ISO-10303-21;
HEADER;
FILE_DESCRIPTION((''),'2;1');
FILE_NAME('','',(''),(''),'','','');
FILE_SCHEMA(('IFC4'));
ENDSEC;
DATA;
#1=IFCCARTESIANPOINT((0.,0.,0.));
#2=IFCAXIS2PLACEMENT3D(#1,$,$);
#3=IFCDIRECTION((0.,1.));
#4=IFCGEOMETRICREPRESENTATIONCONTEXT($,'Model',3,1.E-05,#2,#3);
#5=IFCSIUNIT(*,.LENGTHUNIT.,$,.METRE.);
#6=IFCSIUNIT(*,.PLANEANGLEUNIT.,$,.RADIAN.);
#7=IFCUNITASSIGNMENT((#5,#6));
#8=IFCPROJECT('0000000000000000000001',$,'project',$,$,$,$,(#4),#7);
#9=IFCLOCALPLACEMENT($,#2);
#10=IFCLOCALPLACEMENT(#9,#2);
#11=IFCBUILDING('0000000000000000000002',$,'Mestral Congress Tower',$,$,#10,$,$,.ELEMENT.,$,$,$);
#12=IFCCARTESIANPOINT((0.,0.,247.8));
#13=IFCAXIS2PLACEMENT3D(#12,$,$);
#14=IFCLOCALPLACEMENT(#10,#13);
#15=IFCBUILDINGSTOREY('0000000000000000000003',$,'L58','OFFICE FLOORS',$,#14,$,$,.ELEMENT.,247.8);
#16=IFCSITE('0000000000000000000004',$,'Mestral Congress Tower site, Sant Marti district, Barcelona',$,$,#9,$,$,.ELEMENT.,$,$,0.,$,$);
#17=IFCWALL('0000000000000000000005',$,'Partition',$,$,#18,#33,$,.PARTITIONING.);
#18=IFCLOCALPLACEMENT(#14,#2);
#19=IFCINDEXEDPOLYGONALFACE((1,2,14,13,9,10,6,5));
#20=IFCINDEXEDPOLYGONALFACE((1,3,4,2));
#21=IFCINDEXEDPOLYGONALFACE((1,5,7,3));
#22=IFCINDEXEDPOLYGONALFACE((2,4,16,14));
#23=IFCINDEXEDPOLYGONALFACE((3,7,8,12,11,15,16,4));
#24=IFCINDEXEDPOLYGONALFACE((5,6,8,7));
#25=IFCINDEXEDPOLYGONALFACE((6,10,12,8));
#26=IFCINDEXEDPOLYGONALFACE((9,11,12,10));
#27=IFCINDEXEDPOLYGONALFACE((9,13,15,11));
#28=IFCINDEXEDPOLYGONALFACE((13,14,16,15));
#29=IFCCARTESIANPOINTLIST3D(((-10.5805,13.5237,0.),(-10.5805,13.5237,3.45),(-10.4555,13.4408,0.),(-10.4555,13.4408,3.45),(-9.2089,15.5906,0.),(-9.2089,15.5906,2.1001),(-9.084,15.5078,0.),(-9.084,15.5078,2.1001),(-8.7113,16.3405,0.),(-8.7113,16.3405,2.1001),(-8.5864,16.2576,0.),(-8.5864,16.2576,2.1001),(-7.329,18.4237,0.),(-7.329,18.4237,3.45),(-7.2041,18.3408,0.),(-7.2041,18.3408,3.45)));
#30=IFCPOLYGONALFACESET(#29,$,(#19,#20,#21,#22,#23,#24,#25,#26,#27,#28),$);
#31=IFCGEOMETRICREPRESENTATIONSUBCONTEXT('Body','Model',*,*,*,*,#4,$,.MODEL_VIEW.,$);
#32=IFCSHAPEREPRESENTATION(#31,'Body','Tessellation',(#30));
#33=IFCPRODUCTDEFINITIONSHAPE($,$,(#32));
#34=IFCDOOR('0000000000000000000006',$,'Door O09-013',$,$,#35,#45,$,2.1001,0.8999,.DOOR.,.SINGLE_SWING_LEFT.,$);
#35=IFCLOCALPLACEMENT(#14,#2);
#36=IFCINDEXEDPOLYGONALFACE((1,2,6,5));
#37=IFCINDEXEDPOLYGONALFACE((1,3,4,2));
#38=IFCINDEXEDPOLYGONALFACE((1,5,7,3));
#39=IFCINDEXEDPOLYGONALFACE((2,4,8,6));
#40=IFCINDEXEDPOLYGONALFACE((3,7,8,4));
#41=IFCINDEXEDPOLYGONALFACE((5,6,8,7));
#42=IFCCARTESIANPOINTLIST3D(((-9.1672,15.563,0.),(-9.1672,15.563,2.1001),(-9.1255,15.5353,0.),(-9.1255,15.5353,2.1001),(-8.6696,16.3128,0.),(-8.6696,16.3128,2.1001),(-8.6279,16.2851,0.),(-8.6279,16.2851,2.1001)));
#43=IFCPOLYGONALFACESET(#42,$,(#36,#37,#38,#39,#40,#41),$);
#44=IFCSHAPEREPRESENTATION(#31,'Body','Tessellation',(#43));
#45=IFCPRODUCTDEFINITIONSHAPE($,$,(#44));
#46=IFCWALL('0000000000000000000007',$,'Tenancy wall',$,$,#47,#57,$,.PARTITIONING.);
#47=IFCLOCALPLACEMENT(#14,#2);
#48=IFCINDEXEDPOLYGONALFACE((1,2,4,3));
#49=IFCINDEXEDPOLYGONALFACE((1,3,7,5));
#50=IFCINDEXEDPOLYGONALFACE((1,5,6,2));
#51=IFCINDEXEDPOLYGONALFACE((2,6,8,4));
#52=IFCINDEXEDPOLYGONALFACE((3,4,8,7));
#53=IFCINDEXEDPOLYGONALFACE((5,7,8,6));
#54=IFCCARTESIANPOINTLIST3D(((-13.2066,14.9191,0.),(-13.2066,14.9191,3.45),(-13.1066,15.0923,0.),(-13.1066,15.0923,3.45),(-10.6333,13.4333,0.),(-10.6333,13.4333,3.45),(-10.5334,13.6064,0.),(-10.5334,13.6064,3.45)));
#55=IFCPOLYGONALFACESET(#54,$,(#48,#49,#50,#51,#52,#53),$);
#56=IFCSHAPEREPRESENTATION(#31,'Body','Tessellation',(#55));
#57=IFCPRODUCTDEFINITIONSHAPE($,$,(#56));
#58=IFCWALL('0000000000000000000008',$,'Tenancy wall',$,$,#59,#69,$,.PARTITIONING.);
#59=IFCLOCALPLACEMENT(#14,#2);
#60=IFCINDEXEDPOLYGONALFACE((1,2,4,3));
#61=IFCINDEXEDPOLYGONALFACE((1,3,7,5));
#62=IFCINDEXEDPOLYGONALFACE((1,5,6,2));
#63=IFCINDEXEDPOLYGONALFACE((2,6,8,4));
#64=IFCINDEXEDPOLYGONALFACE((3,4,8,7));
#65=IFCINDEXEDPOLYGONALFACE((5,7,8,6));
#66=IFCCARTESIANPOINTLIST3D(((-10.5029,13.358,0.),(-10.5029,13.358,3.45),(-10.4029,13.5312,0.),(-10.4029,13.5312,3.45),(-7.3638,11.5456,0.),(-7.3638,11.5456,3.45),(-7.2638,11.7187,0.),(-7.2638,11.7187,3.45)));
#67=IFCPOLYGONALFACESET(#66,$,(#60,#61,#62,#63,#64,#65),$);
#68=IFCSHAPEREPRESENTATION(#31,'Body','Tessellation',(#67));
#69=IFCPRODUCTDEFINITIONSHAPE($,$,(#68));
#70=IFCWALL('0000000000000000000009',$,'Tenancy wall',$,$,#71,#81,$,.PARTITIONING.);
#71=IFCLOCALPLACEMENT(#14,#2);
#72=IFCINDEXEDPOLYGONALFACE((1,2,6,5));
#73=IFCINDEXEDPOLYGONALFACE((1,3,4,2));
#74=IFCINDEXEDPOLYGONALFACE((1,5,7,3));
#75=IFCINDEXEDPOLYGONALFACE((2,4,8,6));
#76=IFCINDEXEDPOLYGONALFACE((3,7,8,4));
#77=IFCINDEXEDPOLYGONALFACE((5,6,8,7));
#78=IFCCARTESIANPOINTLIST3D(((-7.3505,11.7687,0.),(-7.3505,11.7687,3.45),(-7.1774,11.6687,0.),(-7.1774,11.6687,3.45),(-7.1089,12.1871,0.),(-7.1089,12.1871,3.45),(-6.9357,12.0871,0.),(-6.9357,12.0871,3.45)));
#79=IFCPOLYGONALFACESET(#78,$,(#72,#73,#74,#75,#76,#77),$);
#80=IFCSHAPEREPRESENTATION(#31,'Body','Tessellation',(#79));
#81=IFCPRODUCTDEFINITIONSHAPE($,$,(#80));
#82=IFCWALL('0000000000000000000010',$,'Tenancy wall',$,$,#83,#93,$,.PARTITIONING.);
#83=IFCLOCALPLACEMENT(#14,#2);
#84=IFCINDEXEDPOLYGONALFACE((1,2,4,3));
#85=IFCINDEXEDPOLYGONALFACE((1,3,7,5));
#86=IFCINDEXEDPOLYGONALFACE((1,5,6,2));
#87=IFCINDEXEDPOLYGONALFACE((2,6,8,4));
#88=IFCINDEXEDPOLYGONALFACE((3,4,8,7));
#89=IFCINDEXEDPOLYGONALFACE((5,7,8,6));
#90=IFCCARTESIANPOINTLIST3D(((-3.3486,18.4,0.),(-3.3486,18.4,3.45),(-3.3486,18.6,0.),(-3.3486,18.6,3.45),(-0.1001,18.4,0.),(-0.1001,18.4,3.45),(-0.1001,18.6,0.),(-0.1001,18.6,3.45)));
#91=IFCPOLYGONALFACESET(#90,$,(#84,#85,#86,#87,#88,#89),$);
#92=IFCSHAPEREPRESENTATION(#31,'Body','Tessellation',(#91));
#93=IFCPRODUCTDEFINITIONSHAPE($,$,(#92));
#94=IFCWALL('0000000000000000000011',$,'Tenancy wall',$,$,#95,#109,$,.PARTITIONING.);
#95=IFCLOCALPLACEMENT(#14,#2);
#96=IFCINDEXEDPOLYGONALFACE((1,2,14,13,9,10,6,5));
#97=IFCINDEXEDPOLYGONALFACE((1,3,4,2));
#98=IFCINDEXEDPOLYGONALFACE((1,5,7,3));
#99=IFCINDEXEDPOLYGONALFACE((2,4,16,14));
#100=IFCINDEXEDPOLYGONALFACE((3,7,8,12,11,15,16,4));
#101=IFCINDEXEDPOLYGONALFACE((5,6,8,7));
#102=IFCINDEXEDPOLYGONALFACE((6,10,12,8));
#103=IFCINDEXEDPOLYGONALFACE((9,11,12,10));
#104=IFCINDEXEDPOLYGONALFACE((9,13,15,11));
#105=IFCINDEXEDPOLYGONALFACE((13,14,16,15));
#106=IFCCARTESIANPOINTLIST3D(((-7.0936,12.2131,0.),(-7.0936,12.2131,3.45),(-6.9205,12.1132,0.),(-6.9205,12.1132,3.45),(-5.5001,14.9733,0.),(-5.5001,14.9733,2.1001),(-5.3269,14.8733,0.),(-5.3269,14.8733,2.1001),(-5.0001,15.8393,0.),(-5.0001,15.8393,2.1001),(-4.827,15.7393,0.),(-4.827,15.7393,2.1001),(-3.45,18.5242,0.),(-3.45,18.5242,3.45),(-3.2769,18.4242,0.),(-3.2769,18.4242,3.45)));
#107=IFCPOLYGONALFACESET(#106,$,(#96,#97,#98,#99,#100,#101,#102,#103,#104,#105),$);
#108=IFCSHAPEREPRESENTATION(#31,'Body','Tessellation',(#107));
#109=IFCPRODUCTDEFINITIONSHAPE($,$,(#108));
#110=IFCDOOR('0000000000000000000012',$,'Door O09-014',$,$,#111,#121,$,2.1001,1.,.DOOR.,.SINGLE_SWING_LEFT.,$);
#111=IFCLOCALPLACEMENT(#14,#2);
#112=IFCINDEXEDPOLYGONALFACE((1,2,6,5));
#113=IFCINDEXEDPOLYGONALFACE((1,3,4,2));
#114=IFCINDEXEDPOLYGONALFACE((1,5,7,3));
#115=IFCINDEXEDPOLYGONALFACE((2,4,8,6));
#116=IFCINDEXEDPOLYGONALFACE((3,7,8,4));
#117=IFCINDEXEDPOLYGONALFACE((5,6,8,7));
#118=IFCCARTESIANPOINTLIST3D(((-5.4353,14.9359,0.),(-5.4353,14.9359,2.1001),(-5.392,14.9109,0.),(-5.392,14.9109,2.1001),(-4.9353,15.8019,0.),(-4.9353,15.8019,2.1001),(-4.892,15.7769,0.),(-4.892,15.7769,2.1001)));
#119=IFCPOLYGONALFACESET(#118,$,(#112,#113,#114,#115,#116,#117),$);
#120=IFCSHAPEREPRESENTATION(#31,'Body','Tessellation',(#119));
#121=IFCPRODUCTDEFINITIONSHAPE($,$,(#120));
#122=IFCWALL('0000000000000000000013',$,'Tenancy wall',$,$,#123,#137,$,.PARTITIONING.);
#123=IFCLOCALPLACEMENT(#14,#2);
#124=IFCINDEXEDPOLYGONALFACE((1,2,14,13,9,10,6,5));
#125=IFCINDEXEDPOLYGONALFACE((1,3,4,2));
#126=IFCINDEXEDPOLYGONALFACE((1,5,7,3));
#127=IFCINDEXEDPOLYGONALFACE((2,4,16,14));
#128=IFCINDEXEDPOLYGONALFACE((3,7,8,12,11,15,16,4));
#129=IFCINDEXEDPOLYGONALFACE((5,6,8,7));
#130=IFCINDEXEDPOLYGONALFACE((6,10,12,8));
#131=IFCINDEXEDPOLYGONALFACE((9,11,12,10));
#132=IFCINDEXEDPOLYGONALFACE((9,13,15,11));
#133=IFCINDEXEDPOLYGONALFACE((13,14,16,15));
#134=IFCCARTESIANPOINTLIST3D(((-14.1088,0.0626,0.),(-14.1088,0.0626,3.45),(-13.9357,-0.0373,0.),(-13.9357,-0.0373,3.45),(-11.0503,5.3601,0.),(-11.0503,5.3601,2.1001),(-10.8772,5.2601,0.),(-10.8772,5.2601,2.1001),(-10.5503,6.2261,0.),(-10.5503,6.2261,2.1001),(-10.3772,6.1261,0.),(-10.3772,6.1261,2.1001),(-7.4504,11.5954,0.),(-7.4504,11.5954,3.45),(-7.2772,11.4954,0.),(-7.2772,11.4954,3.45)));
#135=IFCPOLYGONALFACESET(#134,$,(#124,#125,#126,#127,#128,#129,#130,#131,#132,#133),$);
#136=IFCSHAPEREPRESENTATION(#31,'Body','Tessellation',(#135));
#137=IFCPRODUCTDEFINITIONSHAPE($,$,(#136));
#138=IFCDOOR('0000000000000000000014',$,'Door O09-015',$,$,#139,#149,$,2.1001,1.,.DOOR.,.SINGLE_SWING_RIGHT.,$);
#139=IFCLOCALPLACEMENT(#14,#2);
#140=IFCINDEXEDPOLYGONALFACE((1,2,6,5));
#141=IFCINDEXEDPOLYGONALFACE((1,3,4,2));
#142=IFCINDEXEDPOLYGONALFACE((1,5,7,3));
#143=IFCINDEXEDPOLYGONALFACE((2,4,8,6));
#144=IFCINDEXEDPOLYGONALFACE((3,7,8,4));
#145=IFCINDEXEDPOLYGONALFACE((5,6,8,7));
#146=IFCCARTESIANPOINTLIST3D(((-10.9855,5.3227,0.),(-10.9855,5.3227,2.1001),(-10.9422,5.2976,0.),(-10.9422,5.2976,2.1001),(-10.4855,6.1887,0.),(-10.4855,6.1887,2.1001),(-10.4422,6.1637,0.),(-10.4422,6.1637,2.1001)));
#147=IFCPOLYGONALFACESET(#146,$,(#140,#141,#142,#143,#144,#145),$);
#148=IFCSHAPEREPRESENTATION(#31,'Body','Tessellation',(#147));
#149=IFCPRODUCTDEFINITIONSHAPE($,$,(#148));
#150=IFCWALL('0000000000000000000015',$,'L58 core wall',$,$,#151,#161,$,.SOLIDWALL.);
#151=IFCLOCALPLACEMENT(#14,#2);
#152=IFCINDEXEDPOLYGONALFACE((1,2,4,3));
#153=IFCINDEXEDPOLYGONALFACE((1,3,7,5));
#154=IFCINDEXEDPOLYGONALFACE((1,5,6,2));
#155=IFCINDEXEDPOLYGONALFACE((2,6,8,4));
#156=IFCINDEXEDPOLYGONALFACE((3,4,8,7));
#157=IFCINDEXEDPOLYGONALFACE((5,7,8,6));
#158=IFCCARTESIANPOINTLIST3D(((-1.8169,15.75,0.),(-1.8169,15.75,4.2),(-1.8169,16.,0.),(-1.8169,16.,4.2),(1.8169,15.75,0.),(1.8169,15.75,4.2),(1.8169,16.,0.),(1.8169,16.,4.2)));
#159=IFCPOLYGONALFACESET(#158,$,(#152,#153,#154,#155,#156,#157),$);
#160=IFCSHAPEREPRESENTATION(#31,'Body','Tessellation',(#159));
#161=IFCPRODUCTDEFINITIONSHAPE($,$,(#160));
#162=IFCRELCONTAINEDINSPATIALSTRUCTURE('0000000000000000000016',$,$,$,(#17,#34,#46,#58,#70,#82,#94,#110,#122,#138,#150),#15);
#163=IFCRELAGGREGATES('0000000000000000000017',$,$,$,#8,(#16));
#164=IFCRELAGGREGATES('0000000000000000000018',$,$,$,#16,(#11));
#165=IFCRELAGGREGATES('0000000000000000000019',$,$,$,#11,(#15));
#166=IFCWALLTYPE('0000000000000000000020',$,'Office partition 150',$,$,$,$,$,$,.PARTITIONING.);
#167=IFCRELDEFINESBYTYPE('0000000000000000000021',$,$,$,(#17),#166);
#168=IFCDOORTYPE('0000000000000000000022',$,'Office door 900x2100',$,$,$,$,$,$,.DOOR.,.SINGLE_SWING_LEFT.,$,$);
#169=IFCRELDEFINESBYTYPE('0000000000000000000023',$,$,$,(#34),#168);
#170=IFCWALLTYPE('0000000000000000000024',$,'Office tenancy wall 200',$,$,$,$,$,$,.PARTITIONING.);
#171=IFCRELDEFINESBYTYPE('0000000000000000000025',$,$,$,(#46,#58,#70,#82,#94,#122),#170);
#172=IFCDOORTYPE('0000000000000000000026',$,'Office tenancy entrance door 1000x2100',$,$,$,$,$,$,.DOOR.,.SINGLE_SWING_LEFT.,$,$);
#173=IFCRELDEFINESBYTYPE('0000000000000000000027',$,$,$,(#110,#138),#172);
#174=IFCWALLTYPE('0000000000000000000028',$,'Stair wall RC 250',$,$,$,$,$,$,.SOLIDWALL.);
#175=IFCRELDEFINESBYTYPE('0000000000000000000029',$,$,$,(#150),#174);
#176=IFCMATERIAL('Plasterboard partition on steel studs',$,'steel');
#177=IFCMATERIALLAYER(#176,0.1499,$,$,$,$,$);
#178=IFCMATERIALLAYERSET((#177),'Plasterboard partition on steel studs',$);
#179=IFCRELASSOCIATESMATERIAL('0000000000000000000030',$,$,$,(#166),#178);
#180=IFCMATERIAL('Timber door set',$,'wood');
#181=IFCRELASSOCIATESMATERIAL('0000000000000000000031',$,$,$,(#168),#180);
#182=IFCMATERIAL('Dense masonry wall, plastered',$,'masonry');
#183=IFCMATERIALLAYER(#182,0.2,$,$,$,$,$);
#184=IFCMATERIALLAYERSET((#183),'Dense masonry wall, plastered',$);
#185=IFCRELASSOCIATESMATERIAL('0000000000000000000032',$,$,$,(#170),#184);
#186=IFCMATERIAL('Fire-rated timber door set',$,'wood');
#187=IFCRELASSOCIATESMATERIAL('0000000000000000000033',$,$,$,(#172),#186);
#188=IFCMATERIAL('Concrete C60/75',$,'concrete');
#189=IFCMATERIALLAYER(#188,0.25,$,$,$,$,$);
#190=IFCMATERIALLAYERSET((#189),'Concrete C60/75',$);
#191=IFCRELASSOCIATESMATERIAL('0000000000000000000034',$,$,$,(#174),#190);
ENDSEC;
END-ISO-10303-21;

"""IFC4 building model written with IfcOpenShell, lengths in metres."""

from ifc_helpers import new_model, si_unit, direction, frame, frame_2d, origin, place, context, subcontext, project, spatial, rectangle, extrude, material, layer, layer_set, type_object, element, fill, save


model = new_model("IFC4")

# Units and contexts
model_context = context("Model", 3, precision=1e-05, world=origin(), true_north=direction((0.0, 1.0)))
body_context = subcontext(model_context, "Body", "Model", "MODEL_VIEW")
ifc_project = project(units=[si_unit("LENGTHUNIT", "METRE"), si_unit("PLANEANGLEUNIT", "RADIAN")], contexts=[model_context])

# Site, building, storey
site_placement = place(None, origin())
site = spatial("IfcSite", under=ifc_project, at=site_placement, Name="Mestral Congress Tower site, Sant Marti district, Barcelona", CompositionType="ELEMENT", RefElevation=0.0)
building_placement = place(site_placement, origin())
building = spatial("IfcBuilding", under=site, at=building_placement, Name="Mestral Congress Tower", CompositionType="ELEMENT")
storey_placement = place(building_placement, frame((0.0, 0.0, 247.8)))
storey = spatial("IfcBuildingStorey", under=building, at=storey_placement, Name="L58", Description="OFFICE FLOORS", CompositionType="ELEMENT", Elevation=247.8)

# Shared definitions
ifc_material_1 = material(Name="Concrete C60/75", Category="concrete")

# Wall, opening, door
ifc_material_2 = material(Name="Plasterboard partition on steel studs", Category="steel")
ifc_layer_1 = layer(ifc_material_2, 0.1499)
ifc_layer_set_1 = layer_set([ifc_layer_1], Name="Plasterboard partition on steel studs")
wall_type_1 = type_object("IfcWallType", Name="Office partition 150", PredefinedType="PARTITIONING", material=ifc_layer_set_1)
wall_1_placement = place(storey_placement, frame((-10.5181, 13.4822, 0.0), z_axis=(0.0, 0.0, 1.0), x_axis=(0.552917, 0.833236, 0.0)))
wall_1 = element("IfcWall", 1, at=wall_1_placement, inside=storey, type_object=wall_type_1, Name="Partition", PredefinedType="PARTITIONING", context=body_context, shape_type="SweptSolid", body=[
    extrude(rectangle(XDim=5.8806, YDim=0.1499, at=frame_2d((2.9404, 0.0))), origin(), (0.0, 0.0, 1.0), 3.45),
])
opening_1_placement = place(wall_1_placement, frame((2.4807, 0.0, 0.0)))
opening_1 = element("IfcOpeningElement", 2, at=opening_1_placement, cuts=wall_1, PredefinedType="OPENING", context=body_context, shape_type="SweptSolid", body=[
    extrude(rectangle(XDim=0.8999, YDim=2.1001, at=frame_2d((0.45, 1.05))), frame((0.0, 0.085, 0.0), z_axis=(0.0, -1.0, 0.0), x_axis=(1.0, 0.0, 0.0)), (0.0, 0.0, 1.0), 0.1699),
])
ifc_material_3 = material(Name="Timber door set", Category="wood")
door_type_1 = type_object("IfcDoorType", Name="Office door 900x2100", OperationType="SINGLE_SWING_LEFT", PredefinedType="DOOR", material=ifc_material_3)
door_1_placement = place(opening_1_placement, origin())
door_1 = element("IfcDoor", 3, at=door_1_placement, inside=storey, type_object=door_type_1, Name="Door O09-013", OperationType="SINGLE_SWING_LEFT", OverallHeight=2.1001, OverallWidth=0.8999, PredefinedType="DOOR", context=body_context, shape_type="SweptSolid", body=[
    extrude(rectangle(XDim=0.8999, YDim=2.1001, at=frame_2d((0.45, 1.05))), frame((0.0, 0.0249, 0.0), z_axis=(0.0, -1.0, 0.0), x_axis=(1.0, 0.0, 0.0)), (0.0, 0.0, 1.0), 0.05),
])
fill(opening_1, door_1)

# Walls
ifc_material_4 = material(Name="Dense masonry wall, plastered", Category="masonry")
ifc_layer_2 = layer(ifc_material_4, 0.2)
ifc_layer_set_2 = layer_set([ifc_layer_2], Name="Dense masonry wall, plastered")
wall_type_2 = type_object("IfcWallType", Name="Office tenancy wall 200", PredefinedType="PARTITIONING", material=ifc_layer_set_2)
wall_2_placement = place(storey_placement, frame((-10.5833, 13.5198, 0.0), z_axis=(0.0, 0.0, 1.0), x_axis=(-0.865999, 0.500045, 0.0)))
element("IfcWall", 4, at=wall_2_placement, inside=storey, type_object=wall_type_2, Name="Tenancy wall", PredefinedType="PARTITIONING", context=body_context, shape_type="SweptSolid", body=[
    extrude(rectangle(XDim=2.9714, YDim=0.2, at=frame_2d((1.4858, 0.0))), origin(), (0.0, 0.0, 1.0), 3.45),
])
wall_3_placement = place(storey_placement, frame((-7.3137, 11.6321, 0.0), z_axis=(0.0, 0.0, 1.0), x_axis=(-0.866013, 0.500022, 0.0)))
element("IfcWall", 5, at=wall_3_placement, inside=storey, type_object=wall_type_2, Name="Tenancy wall", PredefinedType="PARTITIONING", context=body_context, shape_type="SweptSolid", body=[
    extrude(rectangle(XDim=3.6248, YDim=0.2, at=frame_2d((1.8125, 0.0))), origin(), (0.0, 0.0, 1.0), 3.45),
])
wall_4_placement = place(storey_placement, frame((-7.0222, 12.1372, 0.0), z_axis=(0.0, 0.0, 1.0), x_axis=(-0.50016, -0.865933, 0.0)))
element("IfcWall", 6, at=wall_4_placement, inside=storey, type_object=wall_type_2, Name="Tenancy wall", PredefinedType="PARTITIONING", context=body_context, shape_type="SweptSolid", body=[
    extrude(rectangle(XDim=0.4832, YDim=0.2, at=frame_2d((0.2417, 0.0))), origin(), (0.0, 0.0, 1.0), 3.45),
])
wall_5_placement = place(storey_placement, frame((-0.1001, 18.5, 0.0), z_axis=(0.0, 0.0, 1.0), x_axis=(-1.0, 0.0, 0.0)))
element("IfcWall", 7, at=wall_5_placement, inside=storey, type_object=wall_type_2, Name="Tenancy wall", PredefinedType="PARTITIONING", context=body_context, shape_type="SweptSolid", body=[
    extrude(rectangle(XDim=3.2485, YDim=0.2, at=frame_2d((1.6243, 0.0))), origin(), (0.0, 0.0, 1.0), 3.45),
])

# Walls, openings, doors
wall_6_placement = place(storey_placement, frame((-3.3635, 18.4741, 0.0), z_axis=(0.0, 0.0, 1.0), x_axis=(-0.499987, -0.866033, 0.0)))
wall_6 = element("IfcWall", 8, at=wall_6_placement, inside=storey, type_object=wall_type_2, Name="Tenancy wall", PredefinedType="PARTITIONING", context=body_context, shape_type="SweptSolid", body=[
    extrude(rectangle(XDim=7.2874, YDim=0.2, at=frame_2d((3.6436, 0.0))), origin(), (0.0, 0.0, 1.0), 3.45),
])
opening_2_placement = place(wall_6_placement, frame((3.1001, 0.0, 0.0)))
opening_2 = element("IfcOpeningElement", 9, at=opening_2_placement, cuts=wall_6, PredefinedType="OPENING", context=body_context, shape_type="SweptSolid", body=[
    extrude(rectangle(XDim=1.0, YDim=2.1001, at=frame_2d((0.5, 1.05))), frame((0.0, 0.1099, 0.0), z_axis=(0.0, -1.0, 0.0), x_axis=(1.0, 0.0, 0.0)), (0.0, 0.0, 1.0), 0.22),
])
ifc_material_5 = material(Name="Fire-rated timber door set", Category="wood")
door_type_2 = type_object("IfcDoorType", Name="Office tenancy entrance door 1000x2100", OperationType="SINGLE_SWING_LEFT", PredefinedType="DOOR", material=ifc_material_5)
door_2_placement = place(opening_2_placement, origin())
door_2 = element("IfcDoor", 10, at=door_2_placement, inside=storey, type_object=door_type_2, Name="Door O09-014", OperationType="SINGLE_SWING_LEFT", OverallHeight=2.1001, OverallWidth=1.0, PredefinedType="DOOR", context=body_context, shape_type="SweptSolid", body=[
    extrude(rectangle(XDim=1.0, YDim=2.1001, at=frame_2d((0.5, 1.05))), frame((0.0, 0.0249, 0.0), z_axis=(0.0, -1.0, 0.0), x_axis=(1.0, 0.0, 0.0)), (0.0, 0.0, 1.0), 0.05),
])
fill(opening_2, door_2)
wall_7_placement = place(storey_placement, frame((-7.3638, 11.5454, 0.0), z_axis=(0.0, 0.0, 1.0), x_axis=(-0.500002, -0.866024, 0.0)))
wall_7 = element("IfcWall", 11, at=wall_7_placement, inside=storey, type_object=wall_type_2, Name="Tenancy wall", PredefinedType="PARTITIONING", context=body_context, shape_type="SweptSolid", body=[
    extrude(rectangle(XDim=13.3169, YDim=0.2, at=frame_2d((6.6584, 0.0))), origin(), (0.0, 0.0, 1.0), 3.45),
])
opening_3_placement = place(wall_7_placement, frame((6.2, 0.0, 0.0)))
opening_3 = element("IfcOpeningElement", 12, at=opening_3_placement, cuts=wall_7, PredefinedType="OPENING", context=body_context, shape_type="SweptSolid", body=[
    extrude(rectangle(XDim=1.0, YDim=2.1001, at=frame_2d((0.5, 1.05))), frame((0.0, 0.1099, 0.0), z_axis=(0.0, -1.0, 0.0), x_axis=(1.0, 0.0, 0.0)), (0.0, 0.0, 1.0), 0.22),
])
door_3_placement = place(opening_3_placement, origin())
door_3 = element("IfcDoor", 13, at=door_3_placement, inside=storey, type_object=door_type_2, Name="Door O09-015", OperationType="SINGLE_SWING_RIGHT", OverallHeight=2.1001, OverallWidth=1.0, PredefinedType="DOOR", context=body_context, shape_type="SweptSolid", body=[
    extrude(rectangle(XDim=1.0, YDim=2.1001, at=frame_2d((0.5, 1.05))), frame((0.0, 0.0249, 0.0), z_axis=(0.0, -1.0, 0.0), x_axis=(1.0, 0.0, 0.0)), (0.0, 0.0, 1.0), 0.05),
])
fill(opening_3, door_3)

# Wall
ifc_layer_3 = layer(ifc_material_1, 0.25)
ifc_layer_set_3 = layer_set([ifc_layer_3], Name="Concrete C60/75")
wall_type_3 = type_object("IfcWallType", Name="Stair wall RC 250", PredefinedType="SOLIDWALL", material=ifc_layer_set_3)
wall_8_placement = place(storey_placement, frame((-1.8169, 15.875, 0.0), z_axis=(0.0, 0.0, 1.0), x_axis=(1.0, 0.0, 0.0)))
element("IfcWall", 14, at=wall_8_placement, inside=storey, type_object=wall_type_3, Name="L58 core wall", PredefinedType="SOLIDWALL", context=body_context, shape_type="SweptSolid", body=[
    extrude(rectangle(XDim=3.6338, YDim=0.25, at=frame_2d((1.8169, 0.0))), origin(), (0.0, 0.0, 1.0), 4.2),
])

save(model, "model.ifc")
